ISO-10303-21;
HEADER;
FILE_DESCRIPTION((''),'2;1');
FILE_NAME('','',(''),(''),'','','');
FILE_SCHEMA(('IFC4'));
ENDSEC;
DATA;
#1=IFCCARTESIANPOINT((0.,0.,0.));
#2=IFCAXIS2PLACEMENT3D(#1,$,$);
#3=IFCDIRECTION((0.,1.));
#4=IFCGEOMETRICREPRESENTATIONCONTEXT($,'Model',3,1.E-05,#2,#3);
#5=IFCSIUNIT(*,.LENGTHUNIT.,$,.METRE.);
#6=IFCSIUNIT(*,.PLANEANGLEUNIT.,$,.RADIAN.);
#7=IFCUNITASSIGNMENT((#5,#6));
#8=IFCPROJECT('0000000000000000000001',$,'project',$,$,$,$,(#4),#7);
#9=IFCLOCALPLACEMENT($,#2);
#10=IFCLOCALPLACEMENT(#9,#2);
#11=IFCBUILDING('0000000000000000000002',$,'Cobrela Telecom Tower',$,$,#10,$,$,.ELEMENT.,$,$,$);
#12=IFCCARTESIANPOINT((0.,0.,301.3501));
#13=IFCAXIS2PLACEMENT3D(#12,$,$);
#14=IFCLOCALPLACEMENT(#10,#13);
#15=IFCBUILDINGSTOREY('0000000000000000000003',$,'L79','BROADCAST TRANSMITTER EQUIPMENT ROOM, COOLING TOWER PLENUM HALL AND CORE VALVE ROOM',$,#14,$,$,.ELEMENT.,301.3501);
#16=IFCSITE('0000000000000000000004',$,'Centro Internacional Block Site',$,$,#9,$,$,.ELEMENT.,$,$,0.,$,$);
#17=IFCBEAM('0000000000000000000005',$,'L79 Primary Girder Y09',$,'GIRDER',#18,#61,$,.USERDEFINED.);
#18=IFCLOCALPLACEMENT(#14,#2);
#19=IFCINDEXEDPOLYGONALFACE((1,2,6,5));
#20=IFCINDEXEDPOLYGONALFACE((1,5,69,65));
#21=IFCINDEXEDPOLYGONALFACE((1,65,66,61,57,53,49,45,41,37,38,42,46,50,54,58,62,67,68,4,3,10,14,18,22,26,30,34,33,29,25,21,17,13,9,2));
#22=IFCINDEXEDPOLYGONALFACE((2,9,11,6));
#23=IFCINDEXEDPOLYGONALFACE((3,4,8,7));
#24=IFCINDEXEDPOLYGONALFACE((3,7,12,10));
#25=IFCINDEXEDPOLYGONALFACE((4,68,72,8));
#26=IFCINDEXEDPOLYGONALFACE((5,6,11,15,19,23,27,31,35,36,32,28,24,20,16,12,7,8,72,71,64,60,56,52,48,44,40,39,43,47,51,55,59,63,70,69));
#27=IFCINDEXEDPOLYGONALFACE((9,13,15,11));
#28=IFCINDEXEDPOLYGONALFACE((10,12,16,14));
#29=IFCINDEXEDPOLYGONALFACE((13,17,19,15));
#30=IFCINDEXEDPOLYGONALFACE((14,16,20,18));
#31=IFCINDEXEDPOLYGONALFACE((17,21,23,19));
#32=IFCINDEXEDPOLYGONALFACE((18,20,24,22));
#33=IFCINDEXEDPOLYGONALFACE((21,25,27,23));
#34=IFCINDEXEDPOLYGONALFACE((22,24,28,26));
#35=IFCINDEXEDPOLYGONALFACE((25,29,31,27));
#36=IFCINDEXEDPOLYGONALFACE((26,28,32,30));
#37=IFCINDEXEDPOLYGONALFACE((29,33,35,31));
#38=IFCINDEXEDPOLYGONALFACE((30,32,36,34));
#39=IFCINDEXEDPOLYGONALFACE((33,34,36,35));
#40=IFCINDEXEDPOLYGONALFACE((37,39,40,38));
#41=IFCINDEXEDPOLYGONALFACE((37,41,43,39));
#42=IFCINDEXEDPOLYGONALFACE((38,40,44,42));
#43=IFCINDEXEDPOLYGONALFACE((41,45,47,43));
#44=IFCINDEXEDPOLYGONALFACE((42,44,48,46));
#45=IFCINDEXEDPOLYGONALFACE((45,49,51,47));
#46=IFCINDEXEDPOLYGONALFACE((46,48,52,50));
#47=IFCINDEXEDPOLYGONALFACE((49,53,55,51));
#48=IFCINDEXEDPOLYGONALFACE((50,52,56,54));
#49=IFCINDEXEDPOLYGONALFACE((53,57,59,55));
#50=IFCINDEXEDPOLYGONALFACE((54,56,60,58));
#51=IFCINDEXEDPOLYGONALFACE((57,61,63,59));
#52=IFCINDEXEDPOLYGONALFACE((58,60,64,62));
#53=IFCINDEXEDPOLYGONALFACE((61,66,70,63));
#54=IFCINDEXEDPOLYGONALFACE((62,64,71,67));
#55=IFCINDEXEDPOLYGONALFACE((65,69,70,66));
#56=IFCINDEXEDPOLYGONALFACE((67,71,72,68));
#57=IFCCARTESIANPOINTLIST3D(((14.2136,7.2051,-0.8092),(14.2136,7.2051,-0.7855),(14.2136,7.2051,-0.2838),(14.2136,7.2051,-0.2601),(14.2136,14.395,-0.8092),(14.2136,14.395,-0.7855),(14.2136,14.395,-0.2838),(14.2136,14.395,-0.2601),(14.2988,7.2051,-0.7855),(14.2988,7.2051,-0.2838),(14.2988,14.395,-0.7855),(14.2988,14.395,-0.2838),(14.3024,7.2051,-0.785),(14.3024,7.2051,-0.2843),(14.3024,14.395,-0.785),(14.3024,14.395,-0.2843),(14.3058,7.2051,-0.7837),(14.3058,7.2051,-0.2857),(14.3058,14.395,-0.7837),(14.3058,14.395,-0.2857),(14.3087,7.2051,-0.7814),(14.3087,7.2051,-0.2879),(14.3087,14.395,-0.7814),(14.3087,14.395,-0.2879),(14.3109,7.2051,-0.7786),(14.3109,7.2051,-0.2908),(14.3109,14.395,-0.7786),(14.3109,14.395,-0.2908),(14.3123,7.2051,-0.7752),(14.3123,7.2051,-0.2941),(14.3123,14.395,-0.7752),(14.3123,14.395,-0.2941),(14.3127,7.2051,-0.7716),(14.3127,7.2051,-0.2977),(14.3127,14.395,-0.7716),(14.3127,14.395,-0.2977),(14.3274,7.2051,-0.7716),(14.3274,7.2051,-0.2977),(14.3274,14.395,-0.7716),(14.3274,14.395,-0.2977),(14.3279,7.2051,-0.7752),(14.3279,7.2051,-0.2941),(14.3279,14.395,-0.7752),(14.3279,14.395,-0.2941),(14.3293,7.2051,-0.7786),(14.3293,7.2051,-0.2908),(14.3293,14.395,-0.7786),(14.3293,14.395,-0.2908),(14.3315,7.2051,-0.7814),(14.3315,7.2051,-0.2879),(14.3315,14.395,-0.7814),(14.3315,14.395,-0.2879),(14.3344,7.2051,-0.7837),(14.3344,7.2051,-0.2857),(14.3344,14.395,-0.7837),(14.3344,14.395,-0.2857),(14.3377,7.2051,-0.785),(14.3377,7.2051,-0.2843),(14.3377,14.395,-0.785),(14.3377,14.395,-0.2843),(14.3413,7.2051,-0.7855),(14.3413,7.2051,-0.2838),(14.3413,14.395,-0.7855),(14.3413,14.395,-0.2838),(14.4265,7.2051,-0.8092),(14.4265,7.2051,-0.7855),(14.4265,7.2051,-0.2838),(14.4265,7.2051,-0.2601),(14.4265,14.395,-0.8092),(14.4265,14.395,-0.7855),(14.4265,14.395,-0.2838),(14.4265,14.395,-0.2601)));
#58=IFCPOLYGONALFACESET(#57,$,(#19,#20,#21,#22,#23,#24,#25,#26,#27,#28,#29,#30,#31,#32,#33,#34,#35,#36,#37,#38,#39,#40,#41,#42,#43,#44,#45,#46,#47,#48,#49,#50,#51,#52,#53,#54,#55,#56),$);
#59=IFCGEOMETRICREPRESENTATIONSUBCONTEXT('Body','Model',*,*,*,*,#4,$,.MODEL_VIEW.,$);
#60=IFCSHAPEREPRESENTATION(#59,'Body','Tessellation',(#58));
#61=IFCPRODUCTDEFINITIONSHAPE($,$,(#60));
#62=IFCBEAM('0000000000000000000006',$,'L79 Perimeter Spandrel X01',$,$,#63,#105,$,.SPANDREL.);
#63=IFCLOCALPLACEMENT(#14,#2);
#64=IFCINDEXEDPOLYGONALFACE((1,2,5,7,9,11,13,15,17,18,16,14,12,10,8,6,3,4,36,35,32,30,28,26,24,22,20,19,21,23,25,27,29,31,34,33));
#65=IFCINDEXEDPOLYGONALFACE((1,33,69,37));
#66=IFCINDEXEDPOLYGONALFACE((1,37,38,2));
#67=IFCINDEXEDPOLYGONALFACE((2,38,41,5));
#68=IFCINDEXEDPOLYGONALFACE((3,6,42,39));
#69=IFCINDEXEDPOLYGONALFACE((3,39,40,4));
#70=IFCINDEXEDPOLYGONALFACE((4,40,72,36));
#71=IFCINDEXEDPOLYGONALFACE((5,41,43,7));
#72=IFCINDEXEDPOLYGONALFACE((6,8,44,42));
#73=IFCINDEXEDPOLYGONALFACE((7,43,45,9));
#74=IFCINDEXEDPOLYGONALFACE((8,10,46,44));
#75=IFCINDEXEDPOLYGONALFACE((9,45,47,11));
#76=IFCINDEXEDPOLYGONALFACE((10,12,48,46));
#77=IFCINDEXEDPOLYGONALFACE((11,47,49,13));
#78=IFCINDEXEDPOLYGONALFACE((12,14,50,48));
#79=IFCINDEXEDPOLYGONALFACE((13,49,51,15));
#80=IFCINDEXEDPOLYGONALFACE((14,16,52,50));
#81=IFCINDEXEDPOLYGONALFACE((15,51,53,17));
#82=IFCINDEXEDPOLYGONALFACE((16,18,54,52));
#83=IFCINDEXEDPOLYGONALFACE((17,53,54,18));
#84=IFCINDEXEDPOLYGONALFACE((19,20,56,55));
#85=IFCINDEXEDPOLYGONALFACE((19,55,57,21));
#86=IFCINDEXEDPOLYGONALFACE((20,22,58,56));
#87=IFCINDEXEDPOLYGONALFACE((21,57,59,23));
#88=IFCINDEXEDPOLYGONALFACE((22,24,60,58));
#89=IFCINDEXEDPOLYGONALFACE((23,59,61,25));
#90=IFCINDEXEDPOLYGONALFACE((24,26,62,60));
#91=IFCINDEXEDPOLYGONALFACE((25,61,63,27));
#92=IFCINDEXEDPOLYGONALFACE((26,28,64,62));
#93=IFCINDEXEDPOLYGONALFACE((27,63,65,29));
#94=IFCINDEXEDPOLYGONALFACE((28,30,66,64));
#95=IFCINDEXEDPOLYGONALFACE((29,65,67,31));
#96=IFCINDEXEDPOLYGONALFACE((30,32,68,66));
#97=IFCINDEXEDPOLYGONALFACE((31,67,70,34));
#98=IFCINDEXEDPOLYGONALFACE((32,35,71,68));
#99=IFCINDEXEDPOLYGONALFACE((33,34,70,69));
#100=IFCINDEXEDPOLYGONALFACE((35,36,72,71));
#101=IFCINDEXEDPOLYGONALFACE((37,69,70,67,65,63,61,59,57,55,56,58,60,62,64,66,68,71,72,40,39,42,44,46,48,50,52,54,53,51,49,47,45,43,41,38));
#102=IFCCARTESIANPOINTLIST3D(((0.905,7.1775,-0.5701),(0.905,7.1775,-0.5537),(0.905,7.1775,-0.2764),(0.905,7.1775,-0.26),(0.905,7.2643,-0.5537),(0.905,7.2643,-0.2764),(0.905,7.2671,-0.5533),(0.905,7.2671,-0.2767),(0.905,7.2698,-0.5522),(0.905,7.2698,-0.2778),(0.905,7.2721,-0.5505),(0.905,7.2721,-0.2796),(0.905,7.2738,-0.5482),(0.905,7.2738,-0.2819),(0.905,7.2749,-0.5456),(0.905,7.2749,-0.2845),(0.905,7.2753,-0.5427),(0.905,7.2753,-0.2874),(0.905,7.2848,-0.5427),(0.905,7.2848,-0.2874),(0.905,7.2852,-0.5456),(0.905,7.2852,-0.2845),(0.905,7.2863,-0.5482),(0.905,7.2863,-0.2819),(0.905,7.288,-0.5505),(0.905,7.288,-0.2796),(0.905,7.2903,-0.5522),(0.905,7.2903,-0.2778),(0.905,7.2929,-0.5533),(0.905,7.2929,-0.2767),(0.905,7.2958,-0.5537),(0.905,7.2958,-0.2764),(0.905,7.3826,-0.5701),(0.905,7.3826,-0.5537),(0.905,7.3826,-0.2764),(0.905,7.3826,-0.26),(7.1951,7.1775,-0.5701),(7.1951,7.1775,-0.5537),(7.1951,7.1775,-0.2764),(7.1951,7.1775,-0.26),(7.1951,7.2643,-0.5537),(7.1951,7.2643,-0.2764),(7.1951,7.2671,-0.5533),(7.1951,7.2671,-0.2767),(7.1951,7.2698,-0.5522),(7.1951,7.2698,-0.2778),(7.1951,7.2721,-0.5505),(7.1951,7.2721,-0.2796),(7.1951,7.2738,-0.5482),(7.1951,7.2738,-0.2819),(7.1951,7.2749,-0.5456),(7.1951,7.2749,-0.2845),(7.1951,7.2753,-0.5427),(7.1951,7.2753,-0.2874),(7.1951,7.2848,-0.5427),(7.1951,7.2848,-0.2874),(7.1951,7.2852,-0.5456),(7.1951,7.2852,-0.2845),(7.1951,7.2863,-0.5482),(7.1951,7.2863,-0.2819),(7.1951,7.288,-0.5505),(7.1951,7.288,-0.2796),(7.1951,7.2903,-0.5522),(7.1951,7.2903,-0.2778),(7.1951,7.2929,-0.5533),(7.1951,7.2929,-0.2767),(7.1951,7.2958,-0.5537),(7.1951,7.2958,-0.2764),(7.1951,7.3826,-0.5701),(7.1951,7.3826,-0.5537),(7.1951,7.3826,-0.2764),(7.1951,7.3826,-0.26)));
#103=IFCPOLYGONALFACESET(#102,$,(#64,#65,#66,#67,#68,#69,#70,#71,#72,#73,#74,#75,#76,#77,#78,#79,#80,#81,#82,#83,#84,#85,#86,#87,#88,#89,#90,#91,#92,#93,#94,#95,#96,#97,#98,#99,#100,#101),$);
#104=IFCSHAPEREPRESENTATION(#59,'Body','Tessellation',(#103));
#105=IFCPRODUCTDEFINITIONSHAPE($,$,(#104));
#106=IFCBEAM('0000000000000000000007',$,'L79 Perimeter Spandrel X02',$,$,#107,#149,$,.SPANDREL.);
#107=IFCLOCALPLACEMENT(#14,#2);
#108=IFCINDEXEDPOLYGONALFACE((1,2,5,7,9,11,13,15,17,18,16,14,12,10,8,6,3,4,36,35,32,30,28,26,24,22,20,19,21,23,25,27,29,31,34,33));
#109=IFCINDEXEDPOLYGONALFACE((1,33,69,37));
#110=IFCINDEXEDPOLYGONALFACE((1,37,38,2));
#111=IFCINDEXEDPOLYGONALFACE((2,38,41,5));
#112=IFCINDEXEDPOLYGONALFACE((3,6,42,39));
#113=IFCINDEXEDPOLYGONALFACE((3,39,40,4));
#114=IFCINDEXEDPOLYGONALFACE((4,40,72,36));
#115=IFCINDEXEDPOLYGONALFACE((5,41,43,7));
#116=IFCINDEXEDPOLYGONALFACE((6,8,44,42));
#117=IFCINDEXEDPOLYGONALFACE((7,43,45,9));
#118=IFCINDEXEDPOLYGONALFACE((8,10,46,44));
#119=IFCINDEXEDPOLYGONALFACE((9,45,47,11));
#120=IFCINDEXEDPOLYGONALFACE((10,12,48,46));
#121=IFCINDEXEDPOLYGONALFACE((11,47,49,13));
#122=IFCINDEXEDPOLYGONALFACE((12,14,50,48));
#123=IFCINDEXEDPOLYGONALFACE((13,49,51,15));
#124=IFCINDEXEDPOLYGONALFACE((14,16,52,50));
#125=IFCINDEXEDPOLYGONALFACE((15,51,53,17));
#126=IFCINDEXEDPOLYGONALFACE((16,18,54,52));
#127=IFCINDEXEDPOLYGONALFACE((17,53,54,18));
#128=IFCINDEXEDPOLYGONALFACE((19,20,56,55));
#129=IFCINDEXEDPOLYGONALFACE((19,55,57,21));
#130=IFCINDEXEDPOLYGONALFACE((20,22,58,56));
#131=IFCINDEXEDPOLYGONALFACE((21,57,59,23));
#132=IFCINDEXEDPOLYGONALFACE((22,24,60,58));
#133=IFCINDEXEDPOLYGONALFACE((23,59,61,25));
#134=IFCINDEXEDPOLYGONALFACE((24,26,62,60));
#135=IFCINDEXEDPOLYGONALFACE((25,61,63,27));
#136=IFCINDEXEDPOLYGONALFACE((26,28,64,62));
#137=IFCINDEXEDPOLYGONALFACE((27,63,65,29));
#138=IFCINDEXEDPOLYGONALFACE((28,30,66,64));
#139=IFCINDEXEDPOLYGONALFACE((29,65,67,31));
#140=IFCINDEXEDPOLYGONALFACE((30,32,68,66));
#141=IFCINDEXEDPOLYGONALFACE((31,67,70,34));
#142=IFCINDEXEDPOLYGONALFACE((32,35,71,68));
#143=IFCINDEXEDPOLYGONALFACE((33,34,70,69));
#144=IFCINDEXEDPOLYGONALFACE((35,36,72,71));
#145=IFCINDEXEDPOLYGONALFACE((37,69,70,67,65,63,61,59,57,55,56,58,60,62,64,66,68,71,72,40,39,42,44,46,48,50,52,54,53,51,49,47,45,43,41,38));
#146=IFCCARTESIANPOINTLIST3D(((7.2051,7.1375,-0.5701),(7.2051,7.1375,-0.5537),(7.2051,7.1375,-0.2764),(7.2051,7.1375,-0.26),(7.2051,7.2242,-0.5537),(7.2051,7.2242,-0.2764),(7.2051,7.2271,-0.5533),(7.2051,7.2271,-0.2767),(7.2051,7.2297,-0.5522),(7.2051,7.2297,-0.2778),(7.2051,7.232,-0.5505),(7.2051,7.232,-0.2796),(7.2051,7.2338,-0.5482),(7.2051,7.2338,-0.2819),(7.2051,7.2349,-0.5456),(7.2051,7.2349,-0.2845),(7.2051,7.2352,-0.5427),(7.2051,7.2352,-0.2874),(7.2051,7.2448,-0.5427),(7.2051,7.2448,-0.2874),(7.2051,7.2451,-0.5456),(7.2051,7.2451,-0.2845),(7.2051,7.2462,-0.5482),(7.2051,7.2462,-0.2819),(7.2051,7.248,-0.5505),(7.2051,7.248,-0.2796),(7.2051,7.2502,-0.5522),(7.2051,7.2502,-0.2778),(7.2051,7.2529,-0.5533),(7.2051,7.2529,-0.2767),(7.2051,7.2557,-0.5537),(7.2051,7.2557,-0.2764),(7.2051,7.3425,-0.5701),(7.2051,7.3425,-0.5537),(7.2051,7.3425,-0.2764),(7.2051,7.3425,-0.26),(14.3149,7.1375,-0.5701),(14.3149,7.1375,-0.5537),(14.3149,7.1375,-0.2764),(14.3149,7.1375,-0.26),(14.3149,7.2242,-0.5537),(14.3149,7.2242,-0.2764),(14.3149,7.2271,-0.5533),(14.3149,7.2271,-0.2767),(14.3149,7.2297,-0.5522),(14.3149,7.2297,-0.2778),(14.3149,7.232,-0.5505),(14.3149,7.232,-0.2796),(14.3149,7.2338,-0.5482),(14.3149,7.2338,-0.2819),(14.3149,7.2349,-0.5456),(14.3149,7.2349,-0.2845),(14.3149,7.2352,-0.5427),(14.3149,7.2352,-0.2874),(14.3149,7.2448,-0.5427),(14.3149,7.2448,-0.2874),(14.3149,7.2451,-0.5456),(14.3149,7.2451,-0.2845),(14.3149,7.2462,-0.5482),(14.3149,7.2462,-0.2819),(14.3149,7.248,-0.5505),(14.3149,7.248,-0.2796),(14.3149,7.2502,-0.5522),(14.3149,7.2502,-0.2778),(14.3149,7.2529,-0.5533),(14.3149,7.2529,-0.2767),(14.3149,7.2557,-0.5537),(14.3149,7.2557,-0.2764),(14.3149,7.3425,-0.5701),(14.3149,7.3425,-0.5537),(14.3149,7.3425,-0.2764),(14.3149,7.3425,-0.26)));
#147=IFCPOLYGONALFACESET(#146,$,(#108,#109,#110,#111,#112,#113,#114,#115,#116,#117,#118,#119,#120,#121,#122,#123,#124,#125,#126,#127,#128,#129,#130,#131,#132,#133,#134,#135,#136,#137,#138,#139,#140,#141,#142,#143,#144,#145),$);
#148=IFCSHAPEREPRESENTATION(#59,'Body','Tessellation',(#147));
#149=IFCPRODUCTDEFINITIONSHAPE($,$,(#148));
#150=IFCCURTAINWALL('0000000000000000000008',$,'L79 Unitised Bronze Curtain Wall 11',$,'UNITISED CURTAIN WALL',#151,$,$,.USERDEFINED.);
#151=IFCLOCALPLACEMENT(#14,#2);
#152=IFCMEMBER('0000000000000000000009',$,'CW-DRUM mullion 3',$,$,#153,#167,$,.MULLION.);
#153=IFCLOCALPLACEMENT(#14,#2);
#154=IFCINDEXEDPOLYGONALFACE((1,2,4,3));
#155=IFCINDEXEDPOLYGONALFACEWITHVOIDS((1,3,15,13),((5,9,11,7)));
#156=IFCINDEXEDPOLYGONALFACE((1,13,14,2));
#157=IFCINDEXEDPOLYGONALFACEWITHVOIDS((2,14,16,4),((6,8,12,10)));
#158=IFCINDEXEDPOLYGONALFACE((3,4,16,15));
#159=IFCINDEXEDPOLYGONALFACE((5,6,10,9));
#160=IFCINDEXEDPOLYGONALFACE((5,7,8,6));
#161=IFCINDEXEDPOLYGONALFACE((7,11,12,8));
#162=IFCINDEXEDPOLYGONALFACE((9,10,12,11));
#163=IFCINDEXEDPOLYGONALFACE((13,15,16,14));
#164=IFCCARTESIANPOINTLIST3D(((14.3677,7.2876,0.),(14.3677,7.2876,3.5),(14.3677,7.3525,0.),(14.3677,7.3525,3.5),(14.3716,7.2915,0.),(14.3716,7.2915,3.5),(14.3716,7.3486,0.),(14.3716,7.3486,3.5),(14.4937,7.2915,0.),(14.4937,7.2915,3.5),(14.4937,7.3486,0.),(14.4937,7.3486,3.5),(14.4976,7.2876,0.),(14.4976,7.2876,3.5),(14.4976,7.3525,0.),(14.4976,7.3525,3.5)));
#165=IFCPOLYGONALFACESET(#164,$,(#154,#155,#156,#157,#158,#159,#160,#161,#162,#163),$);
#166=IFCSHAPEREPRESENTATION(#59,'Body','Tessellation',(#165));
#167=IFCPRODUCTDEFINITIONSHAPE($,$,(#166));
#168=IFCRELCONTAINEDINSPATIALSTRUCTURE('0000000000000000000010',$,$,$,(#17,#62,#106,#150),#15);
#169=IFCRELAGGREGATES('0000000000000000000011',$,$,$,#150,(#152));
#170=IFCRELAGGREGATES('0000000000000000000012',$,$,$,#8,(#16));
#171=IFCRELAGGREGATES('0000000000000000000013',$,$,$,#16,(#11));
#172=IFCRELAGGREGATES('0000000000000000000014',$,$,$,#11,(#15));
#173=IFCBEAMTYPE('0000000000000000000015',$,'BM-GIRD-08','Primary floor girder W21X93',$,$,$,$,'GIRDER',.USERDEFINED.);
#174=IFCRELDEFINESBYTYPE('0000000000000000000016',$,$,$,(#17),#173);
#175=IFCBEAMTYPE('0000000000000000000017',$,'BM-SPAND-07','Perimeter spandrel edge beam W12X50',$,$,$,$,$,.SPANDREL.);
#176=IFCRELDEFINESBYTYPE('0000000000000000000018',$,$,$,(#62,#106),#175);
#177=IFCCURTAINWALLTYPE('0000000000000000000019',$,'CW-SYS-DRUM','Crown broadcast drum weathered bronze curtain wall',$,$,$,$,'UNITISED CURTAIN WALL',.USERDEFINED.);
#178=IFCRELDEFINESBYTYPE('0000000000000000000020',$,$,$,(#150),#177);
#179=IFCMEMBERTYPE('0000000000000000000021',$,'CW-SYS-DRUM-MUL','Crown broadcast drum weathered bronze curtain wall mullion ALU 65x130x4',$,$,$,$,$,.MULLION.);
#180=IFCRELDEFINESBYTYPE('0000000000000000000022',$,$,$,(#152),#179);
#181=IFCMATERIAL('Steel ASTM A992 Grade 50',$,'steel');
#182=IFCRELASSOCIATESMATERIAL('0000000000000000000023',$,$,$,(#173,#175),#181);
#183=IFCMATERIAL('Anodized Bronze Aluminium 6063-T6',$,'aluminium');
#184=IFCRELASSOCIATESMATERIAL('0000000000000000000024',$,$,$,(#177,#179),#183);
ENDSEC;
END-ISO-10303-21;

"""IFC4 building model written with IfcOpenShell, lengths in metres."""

from ifc_helpers import new_model, si_unit, direction, frame, origin, origin_2d, place, context, subcontext, project, spatial, hollow_rectangle, i_section, extrude, material, material_profile, profile_set, type_object, element, aggregate, save


model = new_model("IFC4")

# Units and contexts
model_context = context("Model", 3, precision=1e-05, world=origin(), true_north=direction((0.0, 1.0)))
body_context = subcontext(model_context, "Body", "Model", "MODEL_VIEW")
ifc_project = project(units=[si_unit("LENGTHUNIT", "METRE"), si_unit("PLANEANGLEUNIT", "RADIAN")], contexts=[model_context])

# Site, building, storey
site_placement = place(None, origin())
site = spatial("IfcSite", under=ifc_project, at=site_placement, Name="Centro Internacional Block Site", CompositionType="ELEMENT", RefElevation=0.0)
building_placement = place(site_placement, origin())
building = spatial("IfcBuilding", under=site, at=building_placement, Name="Cobrela Telecom Tower", CompositionType="ELEMENT")
storey_placement = place(building_placement, frame((0.0, 0.0, 301.3501)))
storey = spatial("IfcBuildingStorey", under=building, at=storey_placement, Name="L79", Description="BROADCAST TRANSMITTER EQUIPMENT ROOM, COOLING TOWER PLENUM HALL AND CORE VALVE ROOM", CompositionType="ELEMENT", Elevation=301.3501)

# Beams
ifc_material_1 = material(Name="Steel ASTM A992 Grade 50", Category="steel")
ifc_material_profile_1 = material_profile(ifc_material_1, i_section(OverallWidth=0.2129, OverallDepth=0.5491, WebThickness=0.0146, FlangeThickness=0.0237, FilletRadius=0.0139, at=origin_2d()), Name="W21X93")
ifc_profile_set_1 = profile_set([ifc_material_profile_1], Name="Steel ASTM A992 Grade 50")
beam_type_1 = type_object("IfcBeamType", Name="BM-GIRD-08", Description="Primary floor girder W21X93", ElementType="GIRDER", PredefinedType="USERDEFINED", material=ifc_profile_set_1)
beam_1_placement = place(storey_placement, frame((14.3201, 7.2051, -0.5347), z_axis=(0.0, 1.0, 0.0), x_axis=(-1.0, 0.0, 0.0)))
element("IfcBeam", 1, at=beam_1_placement, inside=storey, type_object=beam_type_1, Name="L79 Primary Girder Y09", ObjectType="GIRDER", PredefinedType="USERDEFINED", context=body_context, shape_type="SweptSolid", body=[
    extrude(i_section(OverallWidth=0.2129, OverallDepth=0.5491, WebThickness=0.0146, FlangeThickness=0.0237, FilletRadius=0.0139, at=origin_2d()), origin(), (0.0, 0.0, 1.0), 7.1899),
])
ifc_material_profile_2 = material_profile(ifc_material_1, i_section(OverallWidth=0.2051, OverallDepth=0.3101, WebThickness=0.0095, FlangeThickness=0.0164, FilletRadius=0.011, at=origin_2d()), Name="W12X50")
ifc_profile_set_2 = profile_set([ifc_material_profile_2], Name="Steel ASTM A992 Grade 50")
beam_type_2 = type_object("IfcBeamType", Name="BM-SPAND-07", Description="Perimeter spandrel edge beam W12X50", PredefinedType="SPANDREL", material=ifc_profile_set_2)
beam_2_placement = place(storey_placement, frame((0.905, 7.28, -0.415), z_axis=(1.0, 0.0, 0.0), x_axis=(0.0, 1.0, 0.0)))
element("IfcBeam", 2, at=beam_2_placement, inside=storey, type_object=beam_type_2, Name="L79 Perimeter Spandrel X01", PredefinedType="SPANDREL", context=body_context, shape_type="SweptSolid", body=[
    extrude(i_section(OverallWidth=0.2051, OverallDepth=0.3101, WebThickness=0.0095, FlangeThickness=0.0164, FilletRadius=0.011, at=origin_2d()), origin(), (0.0, 0.0, 1.0), 6.29),
])
beam_3_placement = place(storey_placement, frame((7.2051, 7.24, -0.415), z_axis=(1.0, 0.0, 0.0), x_axis=(0.0, 1.0, 0.0)))
element("IfcBeam", 3, at=beam_3_placement, inside=storey, type_object=beam_type_2, Name="L79 Perimeter Spandrel X02", PredefinedType="SPANDREL", context=body_context, shape_type="SweptSolid", body=[
    extrude(i_section(OverallWidth=0.2051, OverallDepth=0.3101, WebThickness=0.0095, FlangeThickness=0.0164, FilletRadius=0.011, at=origin_2d()), origin(), (0.0, 0.0, 1.0), 7.1099),
])

# Curtain wall, member
ifc_material_2 = material(Name="Anodized Bronze Aluminium 6063-T6", Category="aluminium")
curtain_wall_type = type_object("IfcCurtainWallType", Name="CW-SYS-DRUM", Description="Crown broadcast drum weathered bronze curtain wall", ElementType="UNITISED CURTAIN WALL", PredefinedType="USERDEFINED", material=ifc_material_2)
curtain_wall_placement = place(storey_placement, origin())
curtain_wall = element("IfcCurtainWall", 4, at=curtain_wall_placement, inside=storey, type_object=curtain_wall_type, Name="L79 Unitised Bronze Curtain Wall 11", ObjectType="UNITISED CURTAIN WALL", PredefinedType="USERDEFINED")
ifc_material_profile_3 = material_profile(ifc_material_2, hollow_rectangle(XDim=0.0649, YDim=0.1299, WallThickness=0.0039, at=origin_2d()), Name="ALU 65x130x4")
ifc_profile_set_3 = profile_set([ifc_material_profile_3], Name="Anodized Bronze Aluminium 6063-T6")
member_type = type_object("IfcMemberType", Name="CW-SYS-DRUM-MUL", Description="Crown broadcast drum weathered bronze curtain wall mullion ALU 65x130x4", PredefinedType="MULLION", material=ifc_profile_set_3)
member_placement = place(storey_placement, frame((14.4326, 7.3201, 0.0), z_axis=(0.0, 0.0, 1.0), x_axis=(0.0, -1.0, 0.0)))
member = element("IfcMember", 5, at=member_placement, type_object=member_type, Name="CW-DRUM mullion 3", PredefinedType="MULLION", context=body_context, shape_type="SweptSolid", body=[
    extrude(hollow_rectangle(XDim=0.0649, YDim=0.1299, WallThickness=0.0039, at=origin_2d()), origin(), (0.0, 0.0, 1.0), 3.5),
])
aggregate(curtain_wall, [member])

save(model, "model.ifc")
